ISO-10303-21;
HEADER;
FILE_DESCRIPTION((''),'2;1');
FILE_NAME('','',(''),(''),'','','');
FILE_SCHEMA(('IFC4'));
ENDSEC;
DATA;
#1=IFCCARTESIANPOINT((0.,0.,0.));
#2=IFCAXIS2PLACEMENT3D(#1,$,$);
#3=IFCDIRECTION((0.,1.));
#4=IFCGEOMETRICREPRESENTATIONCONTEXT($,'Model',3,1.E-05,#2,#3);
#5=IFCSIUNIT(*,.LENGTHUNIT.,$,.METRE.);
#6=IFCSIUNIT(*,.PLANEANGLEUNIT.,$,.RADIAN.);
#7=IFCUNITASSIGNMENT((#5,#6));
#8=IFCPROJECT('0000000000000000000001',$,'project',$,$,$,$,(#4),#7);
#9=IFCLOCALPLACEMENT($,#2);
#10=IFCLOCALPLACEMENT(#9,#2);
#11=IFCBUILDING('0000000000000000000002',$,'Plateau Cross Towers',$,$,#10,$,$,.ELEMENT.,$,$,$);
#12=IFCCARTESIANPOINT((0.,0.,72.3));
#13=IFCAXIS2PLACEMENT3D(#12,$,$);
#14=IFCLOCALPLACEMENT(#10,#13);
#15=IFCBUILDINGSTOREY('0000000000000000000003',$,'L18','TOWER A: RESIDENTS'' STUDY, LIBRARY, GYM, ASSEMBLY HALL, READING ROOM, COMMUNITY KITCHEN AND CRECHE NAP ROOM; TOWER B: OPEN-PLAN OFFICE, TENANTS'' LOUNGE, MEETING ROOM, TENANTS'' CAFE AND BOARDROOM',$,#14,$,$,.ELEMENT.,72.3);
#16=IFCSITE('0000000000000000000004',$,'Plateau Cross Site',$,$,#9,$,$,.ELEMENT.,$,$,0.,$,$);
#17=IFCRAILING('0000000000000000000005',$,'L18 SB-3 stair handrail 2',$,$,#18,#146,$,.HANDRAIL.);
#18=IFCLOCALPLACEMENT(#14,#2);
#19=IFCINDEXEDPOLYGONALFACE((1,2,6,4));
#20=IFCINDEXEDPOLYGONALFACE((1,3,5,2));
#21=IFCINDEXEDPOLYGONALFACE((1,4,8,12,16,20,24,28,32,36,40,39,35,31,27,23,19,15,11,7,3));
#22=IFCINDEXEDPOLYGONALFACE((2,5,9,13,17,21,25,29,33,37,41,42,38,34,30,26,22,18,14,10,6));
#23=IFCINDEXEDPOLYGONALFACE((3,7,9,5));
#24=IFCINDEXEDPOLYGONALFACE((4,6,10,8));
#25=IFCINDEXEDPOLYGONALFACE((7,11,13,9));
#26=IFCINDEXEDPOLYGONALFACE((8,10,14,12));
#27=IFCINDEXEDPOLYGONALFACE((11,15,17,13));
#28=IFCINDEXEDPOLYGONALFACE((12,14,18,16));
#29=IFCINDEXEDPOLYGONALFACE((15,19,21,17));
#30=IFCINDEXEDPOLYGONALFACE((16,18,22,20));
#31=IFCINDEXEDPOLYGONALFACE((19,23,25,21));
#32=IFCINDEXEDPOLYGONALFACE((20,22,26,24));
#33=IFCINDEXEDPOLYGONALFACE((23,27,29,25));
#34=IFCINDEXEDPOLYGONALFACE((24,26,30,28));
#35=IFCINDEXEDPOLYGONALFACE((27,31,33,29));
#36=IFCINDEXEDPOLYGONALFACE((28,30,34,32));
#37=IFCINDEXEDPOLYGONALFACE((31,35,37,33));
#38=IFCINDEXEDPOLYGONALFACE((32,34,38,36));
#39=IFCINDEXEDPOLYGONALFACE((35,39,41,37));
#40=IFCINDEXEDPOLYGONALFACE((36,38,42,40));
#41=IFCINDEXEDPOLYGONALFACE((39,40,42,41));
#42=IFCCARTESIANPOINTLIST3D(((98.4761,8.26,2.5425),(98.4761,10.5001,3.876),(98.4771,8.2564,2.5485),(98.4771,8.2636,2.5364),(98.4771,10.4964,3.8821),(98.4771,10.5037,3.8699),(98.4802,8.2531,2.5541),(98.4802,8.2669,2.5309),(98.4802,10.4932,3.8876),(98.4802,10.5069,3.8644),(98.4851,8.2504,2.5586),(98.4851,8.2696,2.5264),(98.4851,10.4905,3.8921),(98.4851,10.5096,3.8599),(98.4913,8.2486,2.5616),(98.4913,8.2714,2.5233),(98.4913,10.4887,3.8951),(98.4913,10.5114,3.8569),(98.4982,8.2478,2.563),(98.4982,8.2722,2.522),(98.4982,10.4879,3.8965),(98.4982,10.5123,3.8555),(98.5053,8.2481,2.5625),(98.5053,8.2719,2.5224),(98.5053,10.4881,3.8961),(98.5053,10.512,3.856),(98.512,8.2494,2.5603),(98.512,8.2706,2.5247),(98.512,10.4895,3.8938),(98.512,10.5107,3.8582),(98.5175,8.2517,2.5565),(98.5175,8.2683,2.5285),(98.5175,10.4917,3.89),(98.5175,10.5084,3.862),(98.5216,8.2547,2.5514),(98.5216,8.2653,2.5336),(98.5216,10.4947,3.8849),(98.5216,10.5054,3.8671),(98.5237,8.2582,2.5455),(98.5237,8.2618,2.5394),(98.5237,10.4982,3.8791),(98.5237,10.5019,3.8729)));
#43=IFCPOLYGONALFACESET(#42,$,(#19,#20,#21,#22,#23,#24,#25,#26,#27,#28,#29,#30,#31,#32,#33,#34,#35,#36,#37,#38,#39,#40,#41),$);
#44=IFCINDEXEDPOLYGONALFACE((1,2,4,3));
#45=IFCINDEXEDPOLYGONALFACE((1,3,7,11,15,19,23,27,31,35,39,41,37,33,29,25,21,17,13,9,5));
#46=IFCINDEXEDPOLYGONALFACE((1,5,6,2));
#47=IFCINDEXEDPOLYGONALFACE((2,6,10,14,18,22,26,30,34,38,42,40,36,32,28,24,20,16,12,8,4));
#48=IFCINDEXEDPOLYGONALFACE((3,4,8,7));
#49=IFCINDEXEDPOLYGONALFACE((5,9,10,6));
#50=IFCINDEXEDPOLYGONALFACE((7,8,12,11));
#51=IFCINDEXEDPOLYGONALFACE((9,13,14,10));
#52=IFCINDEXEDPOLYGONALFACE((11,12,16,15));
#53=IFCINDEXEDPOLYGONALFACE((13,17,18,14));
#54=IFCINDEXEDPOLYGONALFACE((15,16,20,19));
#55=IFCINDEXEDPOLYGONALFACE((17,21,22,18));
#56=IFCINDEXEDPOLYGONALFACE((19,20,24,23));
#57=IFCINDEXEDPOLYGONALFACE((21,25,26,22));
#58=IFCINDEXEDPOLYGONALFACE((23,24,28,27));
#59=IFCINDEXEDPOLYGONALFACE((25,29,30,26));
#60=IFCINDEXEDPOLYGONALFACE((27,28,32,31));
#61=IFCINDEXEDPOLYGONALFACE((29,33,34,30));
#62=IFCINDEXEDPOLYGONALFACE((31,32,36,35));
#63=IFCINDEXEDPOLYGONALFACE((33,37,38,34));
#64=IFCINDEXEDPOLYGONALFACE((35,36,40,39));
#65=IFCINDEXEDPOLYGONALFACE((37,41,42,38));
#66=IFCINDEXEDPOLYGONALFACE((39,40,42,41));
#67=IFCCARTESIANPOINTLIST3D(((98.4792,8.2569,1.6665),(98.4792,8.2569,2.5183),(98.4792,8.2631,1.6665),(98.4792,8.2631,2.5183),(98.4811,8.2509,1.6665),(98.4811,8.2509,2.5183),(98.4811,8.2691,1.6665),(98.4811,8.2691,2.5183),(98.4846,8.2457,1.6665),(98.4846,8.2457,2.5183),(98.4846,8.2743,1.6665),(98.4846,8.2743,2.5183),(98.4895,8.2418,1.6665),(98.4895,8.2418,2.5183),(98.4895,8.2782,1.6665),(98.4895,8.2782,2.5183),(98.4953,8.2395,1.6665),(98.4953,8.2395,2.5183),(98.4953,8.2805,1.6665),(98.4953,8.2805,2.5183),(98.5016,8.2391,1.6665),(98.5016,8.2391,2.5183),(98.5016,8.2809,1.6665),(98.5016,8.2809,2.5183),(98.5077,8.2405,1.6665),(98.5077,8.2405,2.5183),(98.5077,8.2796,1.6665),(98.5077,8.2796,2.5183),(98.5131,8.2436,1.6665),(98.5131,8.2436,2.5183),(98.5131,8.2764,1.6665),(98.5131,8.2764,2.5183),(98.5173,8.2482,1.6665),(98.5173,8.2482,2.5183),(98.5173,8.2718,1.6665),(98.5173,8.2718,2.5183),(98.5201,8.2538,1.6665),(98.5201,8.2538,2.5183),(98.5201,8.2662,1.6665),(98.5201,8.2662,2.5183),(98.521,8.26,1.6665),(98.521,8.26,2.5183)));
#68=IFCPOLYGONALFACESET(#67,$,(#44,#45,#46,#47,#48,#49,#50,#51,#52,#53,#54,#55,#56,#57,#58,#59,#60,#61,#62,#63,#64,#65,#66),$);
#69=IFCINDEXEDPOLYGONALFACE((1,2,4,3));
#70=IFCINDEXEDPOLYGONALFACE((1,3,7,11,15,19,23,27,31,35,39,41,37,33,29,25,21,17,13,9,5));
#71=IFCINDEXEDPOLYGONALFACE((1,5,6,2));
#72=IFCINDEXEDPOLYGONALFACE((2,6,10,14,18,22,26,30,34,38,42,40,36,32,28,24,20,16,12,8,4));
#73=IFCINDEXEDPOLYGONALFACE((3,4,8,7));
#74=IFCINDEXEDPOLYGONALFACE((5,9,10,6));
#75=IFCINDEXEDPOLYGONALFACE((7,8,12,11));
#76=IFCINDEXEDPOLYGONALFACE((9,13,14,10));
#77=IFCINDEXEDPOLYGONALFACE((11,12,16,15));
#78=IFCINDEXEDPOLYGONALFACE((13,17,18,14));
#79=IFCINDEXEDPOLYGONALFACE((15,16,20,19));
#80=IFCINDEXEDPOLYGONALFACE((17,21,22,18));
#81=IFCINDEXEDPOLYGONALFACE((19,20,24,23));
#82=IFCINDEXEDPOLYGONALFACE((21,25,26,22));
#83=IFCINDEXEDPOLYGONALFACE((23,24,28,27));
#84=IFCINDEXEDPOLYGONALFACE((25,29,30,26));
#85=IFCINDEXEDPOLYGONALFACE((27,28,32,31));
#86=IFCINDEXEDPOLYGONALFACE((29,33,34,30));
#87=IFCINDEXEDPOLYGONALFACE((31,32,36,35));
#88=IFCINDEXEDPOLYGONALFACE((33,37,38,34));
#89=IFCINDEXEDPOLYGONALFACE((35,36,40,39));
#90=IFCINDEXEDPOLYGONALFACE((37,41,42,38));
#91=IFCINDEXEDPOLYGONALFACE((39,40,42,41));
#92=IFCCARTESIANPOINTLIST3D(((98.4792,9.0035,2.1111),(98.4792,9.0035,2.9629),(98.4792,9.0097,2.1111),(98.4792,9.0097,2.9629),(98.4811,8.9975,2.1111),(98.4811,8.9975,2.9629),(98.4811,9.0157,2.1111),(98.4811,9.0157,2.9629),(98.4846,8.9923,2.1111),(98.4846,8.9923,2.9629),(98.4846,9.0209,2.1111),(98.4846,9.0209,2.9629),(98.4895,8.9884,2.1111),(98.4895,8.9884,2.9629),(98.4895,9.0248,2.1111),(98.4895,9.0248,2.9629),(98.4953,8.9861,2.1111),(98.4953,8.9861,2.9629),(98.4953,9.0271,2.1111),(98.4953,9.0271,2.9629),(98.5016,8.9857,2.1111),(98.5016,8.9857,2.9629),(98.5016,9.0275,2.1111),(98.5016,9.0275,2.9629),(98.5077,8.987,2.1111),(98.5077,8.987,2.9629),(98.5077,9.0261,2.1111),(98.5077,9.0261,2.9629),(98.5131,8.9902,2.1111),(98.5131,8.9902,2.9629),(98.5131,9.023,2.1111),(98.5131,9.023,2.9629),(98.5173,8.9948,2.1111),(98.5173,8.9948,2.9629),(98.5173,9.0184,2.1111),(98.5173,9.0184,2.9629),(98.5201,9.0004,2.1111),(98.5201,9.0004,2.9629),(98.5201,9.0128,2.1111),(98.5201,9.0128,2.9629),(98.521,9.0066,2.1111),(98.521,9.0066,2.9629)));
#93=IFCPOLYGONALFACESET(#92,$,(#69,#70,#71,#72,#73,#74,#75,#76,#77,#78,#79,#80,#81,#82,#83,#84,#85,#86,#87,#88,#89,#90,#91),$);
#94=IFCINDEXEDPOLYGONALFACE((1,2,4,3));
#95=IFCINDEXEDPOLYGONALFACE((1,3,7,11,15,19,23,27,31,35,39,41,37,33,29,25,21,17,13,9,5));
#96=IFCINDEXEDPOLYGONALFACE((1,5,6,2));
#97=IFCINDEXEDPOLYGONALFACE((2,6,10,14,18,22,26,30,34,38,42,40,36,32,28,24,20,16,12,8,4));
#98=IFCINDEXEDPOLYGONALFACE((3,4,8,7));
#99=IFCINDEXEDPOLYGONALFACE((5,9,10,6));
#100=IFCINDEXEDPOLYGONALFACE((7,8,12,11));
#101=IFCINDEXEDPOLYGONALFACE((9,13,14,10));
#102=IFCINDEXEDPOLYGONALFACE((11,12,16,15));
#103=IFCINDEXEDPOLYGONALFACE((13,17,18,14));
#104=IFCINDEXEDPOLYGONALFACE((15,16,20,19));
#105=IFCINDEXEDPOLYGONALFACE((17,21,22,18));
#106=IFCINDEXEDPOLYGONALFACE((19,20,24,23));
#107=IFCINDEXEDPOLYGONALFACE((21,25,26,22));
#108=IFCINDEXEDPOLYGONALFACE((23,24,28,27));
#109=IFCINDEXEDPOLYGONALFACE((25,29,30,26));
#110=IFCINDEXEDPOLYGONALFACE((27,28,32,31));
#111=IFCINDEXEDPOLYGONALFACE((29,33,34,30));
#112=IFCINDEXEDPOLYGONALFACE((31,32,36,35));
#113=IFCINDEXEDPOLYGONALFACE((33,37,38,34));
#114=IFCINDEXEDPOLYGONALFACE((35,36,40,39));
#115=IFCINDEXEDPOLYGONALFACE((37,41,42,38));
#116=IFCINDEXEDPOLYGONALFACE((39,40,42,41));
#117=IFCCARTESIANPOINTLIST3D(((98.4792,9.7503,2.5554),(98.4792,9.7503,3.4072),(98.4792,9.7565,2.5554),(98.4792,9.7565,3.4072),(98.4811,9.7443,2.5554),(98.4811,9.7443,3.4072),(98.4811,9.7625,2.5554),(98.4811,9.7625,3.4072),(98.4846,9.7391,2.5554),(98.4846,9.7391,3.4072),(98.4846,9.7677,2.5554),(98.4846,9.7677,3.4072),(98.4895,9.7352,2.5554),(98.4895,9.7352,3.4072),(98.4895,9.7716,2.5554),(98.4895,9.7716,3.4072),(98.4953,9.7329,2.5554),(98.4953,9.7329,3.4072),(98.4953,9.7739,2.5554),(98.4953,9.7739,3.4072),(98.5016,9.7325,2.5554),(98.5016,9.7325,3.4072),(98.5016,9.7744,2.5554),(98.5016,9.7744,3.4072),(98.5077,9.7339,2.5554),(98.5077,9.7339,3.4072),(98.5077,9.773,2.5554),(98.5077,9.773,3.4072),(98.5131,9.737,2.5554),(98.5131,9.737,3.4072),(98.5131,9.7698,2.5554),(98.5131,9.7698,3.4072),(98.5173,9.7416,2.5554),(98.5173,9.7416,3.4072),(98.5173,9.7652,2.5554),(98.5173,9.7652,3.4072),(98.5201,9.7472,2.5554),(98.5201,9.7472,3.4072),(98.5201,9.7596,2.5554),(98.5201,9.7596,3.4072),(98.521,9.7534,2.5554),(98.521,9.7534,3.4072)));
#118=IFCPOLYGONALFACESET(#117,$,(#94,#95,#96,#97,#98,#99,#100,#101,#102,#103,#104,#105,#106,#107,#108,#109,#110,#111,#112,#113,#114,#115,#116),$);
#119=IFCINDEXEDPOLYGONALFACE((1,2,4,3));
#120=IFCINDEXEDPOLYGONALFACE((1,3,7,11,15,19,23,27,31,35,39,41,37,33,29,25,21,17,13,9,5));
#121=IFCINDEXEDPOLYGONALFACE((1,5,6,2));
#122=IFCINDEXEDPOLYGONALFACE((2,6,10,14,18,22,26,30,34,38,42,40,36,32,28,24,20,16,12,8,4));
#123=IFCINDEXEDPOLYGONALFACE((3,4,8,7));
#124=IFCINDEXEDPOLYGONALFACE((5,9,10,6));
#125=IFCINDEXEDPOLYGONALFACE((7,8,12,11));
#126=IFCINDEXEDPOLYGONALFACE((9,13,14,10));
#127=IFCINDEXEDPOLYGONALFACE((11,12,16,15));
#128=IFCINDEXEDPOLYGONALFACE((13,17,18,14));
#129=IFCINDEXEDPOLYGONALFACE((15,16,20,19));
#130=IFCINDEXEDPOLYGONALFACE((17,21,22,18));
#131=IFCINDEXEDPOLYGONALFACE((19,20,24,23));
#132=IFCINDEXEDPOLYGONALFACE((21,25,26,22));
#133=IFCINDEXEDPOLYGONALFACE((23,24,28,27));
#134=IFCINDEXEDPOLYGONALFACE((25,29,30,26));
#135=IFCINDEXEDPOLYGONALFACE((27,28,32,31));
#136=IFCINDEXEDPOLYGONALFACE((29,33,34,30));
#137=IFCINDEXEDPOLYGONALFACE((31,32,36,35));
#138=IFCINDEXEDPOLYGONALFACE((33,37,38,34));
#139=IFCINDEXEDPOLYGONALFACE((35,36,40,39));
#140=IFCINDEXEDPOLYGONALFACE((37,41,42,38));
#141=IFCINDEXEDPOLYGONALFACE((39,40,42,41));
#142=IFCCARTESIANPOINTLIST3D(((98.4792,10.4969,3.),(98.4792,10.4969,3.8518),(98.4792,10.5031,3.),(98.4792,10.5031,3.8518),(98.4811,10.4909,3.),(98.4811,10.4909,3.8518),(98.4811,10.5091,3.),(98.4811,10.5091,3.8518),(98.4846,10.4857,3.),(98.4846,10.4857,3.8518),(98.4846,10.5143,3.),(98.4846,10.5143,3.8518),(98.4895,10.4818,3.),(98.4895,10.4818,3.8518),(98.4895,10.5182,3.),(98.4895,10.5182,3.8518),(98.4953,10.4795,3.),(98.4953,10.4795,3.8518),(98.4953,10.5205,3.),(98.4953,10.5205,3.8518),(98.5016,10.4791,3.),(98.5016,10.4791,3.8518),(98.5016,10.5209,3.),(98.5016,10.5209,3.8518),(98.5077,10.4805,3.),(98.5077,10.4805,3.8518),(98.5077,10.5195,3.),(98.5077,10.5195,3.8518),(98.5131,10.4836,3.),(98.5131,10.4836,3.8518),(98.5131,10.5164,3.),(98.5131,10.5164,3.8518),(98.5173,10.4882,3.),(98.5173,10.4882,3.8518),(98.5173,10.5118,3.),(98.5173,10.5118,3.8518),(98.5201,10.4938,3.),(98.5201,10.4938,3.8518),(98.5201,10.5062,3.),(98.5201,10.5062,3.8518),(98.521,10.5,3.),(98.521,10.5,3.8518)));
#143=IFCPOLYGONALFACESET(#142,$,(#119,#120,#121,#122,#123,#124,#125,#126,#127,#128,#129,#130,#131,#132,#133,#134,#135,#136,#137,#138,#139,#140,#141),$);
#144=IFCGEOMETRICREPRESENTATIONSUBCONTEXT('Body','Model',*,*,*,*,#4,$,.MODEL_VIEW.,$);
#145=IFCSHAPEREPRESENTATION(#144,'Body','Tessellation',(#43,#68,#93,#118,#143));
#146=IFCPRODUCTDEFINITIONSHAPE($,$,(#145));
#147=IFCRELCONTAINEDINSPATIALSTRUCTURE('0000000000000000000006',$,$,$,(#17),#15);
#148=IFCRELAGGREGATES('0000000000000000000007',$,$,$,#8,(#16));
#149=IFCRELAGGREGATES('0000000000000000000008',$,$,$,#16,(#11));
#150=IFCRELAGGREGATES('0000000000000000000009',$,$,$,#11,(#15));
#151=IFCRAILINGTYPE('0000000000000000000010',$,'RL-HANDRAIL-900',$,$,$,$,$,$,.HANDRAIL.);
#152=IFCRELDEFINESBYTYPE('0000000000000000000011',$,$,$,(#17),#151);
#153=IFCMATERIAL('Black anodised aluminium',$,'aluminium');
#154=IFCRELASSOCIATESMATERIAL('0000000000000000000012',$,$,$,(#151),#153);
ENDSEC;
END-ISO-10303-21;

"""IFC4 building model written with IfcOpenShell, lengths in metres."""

from ifc_helpers import new_model, si_unit, direction, frame, origin, origin_2d, place, context, subcontext, project, spatial, circle, extrude, material, type_object, element, save


model = new_model("IFC4")

# Units and contexts
model_context = context("Model", 3, precision=1e-05, world=origin(), true_north=direction((0.0, 1.0)))
body_context = subcontext(model_context, "Body", "Model", "MODEL_VIEW")
ifc_project = project(units=[si_unit("LENGTHUNIT", "METRE"), si_unit("PLANEANGLEUNIT", "RADIAN")], contexts=[model_context])

# Site, building, storey
site_placement = place(None, origin())
site = spatial("IfcSite", under=ifc_project, at=site_placement, Name="Plateau Cross Site", CompositionType="ELEMENT", RefElevation=0.0)
building_placement = place(site_placement, origin())
building = spatial("IfcBuilding", under=site, at=building_placement, Name="Plateau Cross Towers", CompositionType="ELEMENT")
storey_placement = place(building_placement, frame((0.0, 0.0, 72.3)))
storey = spatial("IfcBuildingStorey", under=building, at=storey_placement, Name="L18", Description="TOWER A: RESIDENTS' STUDY, LIBRARY, GYM, ASSEMBLY HALL, READING ROOM, COMMUNITY KITCHEN AND CRECHE NAP ROOM; TOWER B: OPEN-PLAN OFFICE, TENANTS' LOUNGE, MEETING ROOM, TENANTS' CAFE AND BOARDROOM", CompositionType="ELEMENT", Elevation=72.3)

# Shared definitions
ifc_material_1 = material(Name="Black anodised aluminium", Category="aluminium")

# Railing
railing_type_1 = type_object("IfcRailingType", Name="RL-HANDRAIL-900", PredefinedType="HANDRAIL", material=ifc_material_1)
railing_1_placement = place(storey_placement, frame((98.5, 8.26, 1.6665)))
element("IfcRailing", 1, at=railing_1_placement, inside=storey, type_object=railing_type_1, Name="L18 SB-3 stair handrail 2", PredefinedType="HANDRAIL", context=body_context, shape_type="SweptSolid", body=[
    extrude(circle(Radius=0.0239, at=origin_2d()), frame((0.0, 0.0, 0.876), z_axis=(0.0, 0.859264, 0.511532), x_axis=(-1.0, 0.0, 0.0)), (0.0, 0.0, 1.0), 2.6069),
    extrude(circle(Radius=0.021, at=origin_2d()), origin(), (0.0, 0.0, 1.0), 0.8518),
    extrude(circle(Radius=0.021, at=origin_2d()), frame((0.0, 0.7466, 0.4446)), (0.0, 0.0, 1.0), 0.8518),
    extrude(circle(Radius=0.021, at=origin_2d()), frame((0.0, 1.4934, 0.8889)), (0.0, 0.0, 1.0), 0.8518),
    extrude(circle(Radius=0.021, at=origin_2d()), frame((0.0, 2.24, 1.3335)), (0.0, 0.0, 1.0), 0.8518),
])

save(model, "model.ifc")
